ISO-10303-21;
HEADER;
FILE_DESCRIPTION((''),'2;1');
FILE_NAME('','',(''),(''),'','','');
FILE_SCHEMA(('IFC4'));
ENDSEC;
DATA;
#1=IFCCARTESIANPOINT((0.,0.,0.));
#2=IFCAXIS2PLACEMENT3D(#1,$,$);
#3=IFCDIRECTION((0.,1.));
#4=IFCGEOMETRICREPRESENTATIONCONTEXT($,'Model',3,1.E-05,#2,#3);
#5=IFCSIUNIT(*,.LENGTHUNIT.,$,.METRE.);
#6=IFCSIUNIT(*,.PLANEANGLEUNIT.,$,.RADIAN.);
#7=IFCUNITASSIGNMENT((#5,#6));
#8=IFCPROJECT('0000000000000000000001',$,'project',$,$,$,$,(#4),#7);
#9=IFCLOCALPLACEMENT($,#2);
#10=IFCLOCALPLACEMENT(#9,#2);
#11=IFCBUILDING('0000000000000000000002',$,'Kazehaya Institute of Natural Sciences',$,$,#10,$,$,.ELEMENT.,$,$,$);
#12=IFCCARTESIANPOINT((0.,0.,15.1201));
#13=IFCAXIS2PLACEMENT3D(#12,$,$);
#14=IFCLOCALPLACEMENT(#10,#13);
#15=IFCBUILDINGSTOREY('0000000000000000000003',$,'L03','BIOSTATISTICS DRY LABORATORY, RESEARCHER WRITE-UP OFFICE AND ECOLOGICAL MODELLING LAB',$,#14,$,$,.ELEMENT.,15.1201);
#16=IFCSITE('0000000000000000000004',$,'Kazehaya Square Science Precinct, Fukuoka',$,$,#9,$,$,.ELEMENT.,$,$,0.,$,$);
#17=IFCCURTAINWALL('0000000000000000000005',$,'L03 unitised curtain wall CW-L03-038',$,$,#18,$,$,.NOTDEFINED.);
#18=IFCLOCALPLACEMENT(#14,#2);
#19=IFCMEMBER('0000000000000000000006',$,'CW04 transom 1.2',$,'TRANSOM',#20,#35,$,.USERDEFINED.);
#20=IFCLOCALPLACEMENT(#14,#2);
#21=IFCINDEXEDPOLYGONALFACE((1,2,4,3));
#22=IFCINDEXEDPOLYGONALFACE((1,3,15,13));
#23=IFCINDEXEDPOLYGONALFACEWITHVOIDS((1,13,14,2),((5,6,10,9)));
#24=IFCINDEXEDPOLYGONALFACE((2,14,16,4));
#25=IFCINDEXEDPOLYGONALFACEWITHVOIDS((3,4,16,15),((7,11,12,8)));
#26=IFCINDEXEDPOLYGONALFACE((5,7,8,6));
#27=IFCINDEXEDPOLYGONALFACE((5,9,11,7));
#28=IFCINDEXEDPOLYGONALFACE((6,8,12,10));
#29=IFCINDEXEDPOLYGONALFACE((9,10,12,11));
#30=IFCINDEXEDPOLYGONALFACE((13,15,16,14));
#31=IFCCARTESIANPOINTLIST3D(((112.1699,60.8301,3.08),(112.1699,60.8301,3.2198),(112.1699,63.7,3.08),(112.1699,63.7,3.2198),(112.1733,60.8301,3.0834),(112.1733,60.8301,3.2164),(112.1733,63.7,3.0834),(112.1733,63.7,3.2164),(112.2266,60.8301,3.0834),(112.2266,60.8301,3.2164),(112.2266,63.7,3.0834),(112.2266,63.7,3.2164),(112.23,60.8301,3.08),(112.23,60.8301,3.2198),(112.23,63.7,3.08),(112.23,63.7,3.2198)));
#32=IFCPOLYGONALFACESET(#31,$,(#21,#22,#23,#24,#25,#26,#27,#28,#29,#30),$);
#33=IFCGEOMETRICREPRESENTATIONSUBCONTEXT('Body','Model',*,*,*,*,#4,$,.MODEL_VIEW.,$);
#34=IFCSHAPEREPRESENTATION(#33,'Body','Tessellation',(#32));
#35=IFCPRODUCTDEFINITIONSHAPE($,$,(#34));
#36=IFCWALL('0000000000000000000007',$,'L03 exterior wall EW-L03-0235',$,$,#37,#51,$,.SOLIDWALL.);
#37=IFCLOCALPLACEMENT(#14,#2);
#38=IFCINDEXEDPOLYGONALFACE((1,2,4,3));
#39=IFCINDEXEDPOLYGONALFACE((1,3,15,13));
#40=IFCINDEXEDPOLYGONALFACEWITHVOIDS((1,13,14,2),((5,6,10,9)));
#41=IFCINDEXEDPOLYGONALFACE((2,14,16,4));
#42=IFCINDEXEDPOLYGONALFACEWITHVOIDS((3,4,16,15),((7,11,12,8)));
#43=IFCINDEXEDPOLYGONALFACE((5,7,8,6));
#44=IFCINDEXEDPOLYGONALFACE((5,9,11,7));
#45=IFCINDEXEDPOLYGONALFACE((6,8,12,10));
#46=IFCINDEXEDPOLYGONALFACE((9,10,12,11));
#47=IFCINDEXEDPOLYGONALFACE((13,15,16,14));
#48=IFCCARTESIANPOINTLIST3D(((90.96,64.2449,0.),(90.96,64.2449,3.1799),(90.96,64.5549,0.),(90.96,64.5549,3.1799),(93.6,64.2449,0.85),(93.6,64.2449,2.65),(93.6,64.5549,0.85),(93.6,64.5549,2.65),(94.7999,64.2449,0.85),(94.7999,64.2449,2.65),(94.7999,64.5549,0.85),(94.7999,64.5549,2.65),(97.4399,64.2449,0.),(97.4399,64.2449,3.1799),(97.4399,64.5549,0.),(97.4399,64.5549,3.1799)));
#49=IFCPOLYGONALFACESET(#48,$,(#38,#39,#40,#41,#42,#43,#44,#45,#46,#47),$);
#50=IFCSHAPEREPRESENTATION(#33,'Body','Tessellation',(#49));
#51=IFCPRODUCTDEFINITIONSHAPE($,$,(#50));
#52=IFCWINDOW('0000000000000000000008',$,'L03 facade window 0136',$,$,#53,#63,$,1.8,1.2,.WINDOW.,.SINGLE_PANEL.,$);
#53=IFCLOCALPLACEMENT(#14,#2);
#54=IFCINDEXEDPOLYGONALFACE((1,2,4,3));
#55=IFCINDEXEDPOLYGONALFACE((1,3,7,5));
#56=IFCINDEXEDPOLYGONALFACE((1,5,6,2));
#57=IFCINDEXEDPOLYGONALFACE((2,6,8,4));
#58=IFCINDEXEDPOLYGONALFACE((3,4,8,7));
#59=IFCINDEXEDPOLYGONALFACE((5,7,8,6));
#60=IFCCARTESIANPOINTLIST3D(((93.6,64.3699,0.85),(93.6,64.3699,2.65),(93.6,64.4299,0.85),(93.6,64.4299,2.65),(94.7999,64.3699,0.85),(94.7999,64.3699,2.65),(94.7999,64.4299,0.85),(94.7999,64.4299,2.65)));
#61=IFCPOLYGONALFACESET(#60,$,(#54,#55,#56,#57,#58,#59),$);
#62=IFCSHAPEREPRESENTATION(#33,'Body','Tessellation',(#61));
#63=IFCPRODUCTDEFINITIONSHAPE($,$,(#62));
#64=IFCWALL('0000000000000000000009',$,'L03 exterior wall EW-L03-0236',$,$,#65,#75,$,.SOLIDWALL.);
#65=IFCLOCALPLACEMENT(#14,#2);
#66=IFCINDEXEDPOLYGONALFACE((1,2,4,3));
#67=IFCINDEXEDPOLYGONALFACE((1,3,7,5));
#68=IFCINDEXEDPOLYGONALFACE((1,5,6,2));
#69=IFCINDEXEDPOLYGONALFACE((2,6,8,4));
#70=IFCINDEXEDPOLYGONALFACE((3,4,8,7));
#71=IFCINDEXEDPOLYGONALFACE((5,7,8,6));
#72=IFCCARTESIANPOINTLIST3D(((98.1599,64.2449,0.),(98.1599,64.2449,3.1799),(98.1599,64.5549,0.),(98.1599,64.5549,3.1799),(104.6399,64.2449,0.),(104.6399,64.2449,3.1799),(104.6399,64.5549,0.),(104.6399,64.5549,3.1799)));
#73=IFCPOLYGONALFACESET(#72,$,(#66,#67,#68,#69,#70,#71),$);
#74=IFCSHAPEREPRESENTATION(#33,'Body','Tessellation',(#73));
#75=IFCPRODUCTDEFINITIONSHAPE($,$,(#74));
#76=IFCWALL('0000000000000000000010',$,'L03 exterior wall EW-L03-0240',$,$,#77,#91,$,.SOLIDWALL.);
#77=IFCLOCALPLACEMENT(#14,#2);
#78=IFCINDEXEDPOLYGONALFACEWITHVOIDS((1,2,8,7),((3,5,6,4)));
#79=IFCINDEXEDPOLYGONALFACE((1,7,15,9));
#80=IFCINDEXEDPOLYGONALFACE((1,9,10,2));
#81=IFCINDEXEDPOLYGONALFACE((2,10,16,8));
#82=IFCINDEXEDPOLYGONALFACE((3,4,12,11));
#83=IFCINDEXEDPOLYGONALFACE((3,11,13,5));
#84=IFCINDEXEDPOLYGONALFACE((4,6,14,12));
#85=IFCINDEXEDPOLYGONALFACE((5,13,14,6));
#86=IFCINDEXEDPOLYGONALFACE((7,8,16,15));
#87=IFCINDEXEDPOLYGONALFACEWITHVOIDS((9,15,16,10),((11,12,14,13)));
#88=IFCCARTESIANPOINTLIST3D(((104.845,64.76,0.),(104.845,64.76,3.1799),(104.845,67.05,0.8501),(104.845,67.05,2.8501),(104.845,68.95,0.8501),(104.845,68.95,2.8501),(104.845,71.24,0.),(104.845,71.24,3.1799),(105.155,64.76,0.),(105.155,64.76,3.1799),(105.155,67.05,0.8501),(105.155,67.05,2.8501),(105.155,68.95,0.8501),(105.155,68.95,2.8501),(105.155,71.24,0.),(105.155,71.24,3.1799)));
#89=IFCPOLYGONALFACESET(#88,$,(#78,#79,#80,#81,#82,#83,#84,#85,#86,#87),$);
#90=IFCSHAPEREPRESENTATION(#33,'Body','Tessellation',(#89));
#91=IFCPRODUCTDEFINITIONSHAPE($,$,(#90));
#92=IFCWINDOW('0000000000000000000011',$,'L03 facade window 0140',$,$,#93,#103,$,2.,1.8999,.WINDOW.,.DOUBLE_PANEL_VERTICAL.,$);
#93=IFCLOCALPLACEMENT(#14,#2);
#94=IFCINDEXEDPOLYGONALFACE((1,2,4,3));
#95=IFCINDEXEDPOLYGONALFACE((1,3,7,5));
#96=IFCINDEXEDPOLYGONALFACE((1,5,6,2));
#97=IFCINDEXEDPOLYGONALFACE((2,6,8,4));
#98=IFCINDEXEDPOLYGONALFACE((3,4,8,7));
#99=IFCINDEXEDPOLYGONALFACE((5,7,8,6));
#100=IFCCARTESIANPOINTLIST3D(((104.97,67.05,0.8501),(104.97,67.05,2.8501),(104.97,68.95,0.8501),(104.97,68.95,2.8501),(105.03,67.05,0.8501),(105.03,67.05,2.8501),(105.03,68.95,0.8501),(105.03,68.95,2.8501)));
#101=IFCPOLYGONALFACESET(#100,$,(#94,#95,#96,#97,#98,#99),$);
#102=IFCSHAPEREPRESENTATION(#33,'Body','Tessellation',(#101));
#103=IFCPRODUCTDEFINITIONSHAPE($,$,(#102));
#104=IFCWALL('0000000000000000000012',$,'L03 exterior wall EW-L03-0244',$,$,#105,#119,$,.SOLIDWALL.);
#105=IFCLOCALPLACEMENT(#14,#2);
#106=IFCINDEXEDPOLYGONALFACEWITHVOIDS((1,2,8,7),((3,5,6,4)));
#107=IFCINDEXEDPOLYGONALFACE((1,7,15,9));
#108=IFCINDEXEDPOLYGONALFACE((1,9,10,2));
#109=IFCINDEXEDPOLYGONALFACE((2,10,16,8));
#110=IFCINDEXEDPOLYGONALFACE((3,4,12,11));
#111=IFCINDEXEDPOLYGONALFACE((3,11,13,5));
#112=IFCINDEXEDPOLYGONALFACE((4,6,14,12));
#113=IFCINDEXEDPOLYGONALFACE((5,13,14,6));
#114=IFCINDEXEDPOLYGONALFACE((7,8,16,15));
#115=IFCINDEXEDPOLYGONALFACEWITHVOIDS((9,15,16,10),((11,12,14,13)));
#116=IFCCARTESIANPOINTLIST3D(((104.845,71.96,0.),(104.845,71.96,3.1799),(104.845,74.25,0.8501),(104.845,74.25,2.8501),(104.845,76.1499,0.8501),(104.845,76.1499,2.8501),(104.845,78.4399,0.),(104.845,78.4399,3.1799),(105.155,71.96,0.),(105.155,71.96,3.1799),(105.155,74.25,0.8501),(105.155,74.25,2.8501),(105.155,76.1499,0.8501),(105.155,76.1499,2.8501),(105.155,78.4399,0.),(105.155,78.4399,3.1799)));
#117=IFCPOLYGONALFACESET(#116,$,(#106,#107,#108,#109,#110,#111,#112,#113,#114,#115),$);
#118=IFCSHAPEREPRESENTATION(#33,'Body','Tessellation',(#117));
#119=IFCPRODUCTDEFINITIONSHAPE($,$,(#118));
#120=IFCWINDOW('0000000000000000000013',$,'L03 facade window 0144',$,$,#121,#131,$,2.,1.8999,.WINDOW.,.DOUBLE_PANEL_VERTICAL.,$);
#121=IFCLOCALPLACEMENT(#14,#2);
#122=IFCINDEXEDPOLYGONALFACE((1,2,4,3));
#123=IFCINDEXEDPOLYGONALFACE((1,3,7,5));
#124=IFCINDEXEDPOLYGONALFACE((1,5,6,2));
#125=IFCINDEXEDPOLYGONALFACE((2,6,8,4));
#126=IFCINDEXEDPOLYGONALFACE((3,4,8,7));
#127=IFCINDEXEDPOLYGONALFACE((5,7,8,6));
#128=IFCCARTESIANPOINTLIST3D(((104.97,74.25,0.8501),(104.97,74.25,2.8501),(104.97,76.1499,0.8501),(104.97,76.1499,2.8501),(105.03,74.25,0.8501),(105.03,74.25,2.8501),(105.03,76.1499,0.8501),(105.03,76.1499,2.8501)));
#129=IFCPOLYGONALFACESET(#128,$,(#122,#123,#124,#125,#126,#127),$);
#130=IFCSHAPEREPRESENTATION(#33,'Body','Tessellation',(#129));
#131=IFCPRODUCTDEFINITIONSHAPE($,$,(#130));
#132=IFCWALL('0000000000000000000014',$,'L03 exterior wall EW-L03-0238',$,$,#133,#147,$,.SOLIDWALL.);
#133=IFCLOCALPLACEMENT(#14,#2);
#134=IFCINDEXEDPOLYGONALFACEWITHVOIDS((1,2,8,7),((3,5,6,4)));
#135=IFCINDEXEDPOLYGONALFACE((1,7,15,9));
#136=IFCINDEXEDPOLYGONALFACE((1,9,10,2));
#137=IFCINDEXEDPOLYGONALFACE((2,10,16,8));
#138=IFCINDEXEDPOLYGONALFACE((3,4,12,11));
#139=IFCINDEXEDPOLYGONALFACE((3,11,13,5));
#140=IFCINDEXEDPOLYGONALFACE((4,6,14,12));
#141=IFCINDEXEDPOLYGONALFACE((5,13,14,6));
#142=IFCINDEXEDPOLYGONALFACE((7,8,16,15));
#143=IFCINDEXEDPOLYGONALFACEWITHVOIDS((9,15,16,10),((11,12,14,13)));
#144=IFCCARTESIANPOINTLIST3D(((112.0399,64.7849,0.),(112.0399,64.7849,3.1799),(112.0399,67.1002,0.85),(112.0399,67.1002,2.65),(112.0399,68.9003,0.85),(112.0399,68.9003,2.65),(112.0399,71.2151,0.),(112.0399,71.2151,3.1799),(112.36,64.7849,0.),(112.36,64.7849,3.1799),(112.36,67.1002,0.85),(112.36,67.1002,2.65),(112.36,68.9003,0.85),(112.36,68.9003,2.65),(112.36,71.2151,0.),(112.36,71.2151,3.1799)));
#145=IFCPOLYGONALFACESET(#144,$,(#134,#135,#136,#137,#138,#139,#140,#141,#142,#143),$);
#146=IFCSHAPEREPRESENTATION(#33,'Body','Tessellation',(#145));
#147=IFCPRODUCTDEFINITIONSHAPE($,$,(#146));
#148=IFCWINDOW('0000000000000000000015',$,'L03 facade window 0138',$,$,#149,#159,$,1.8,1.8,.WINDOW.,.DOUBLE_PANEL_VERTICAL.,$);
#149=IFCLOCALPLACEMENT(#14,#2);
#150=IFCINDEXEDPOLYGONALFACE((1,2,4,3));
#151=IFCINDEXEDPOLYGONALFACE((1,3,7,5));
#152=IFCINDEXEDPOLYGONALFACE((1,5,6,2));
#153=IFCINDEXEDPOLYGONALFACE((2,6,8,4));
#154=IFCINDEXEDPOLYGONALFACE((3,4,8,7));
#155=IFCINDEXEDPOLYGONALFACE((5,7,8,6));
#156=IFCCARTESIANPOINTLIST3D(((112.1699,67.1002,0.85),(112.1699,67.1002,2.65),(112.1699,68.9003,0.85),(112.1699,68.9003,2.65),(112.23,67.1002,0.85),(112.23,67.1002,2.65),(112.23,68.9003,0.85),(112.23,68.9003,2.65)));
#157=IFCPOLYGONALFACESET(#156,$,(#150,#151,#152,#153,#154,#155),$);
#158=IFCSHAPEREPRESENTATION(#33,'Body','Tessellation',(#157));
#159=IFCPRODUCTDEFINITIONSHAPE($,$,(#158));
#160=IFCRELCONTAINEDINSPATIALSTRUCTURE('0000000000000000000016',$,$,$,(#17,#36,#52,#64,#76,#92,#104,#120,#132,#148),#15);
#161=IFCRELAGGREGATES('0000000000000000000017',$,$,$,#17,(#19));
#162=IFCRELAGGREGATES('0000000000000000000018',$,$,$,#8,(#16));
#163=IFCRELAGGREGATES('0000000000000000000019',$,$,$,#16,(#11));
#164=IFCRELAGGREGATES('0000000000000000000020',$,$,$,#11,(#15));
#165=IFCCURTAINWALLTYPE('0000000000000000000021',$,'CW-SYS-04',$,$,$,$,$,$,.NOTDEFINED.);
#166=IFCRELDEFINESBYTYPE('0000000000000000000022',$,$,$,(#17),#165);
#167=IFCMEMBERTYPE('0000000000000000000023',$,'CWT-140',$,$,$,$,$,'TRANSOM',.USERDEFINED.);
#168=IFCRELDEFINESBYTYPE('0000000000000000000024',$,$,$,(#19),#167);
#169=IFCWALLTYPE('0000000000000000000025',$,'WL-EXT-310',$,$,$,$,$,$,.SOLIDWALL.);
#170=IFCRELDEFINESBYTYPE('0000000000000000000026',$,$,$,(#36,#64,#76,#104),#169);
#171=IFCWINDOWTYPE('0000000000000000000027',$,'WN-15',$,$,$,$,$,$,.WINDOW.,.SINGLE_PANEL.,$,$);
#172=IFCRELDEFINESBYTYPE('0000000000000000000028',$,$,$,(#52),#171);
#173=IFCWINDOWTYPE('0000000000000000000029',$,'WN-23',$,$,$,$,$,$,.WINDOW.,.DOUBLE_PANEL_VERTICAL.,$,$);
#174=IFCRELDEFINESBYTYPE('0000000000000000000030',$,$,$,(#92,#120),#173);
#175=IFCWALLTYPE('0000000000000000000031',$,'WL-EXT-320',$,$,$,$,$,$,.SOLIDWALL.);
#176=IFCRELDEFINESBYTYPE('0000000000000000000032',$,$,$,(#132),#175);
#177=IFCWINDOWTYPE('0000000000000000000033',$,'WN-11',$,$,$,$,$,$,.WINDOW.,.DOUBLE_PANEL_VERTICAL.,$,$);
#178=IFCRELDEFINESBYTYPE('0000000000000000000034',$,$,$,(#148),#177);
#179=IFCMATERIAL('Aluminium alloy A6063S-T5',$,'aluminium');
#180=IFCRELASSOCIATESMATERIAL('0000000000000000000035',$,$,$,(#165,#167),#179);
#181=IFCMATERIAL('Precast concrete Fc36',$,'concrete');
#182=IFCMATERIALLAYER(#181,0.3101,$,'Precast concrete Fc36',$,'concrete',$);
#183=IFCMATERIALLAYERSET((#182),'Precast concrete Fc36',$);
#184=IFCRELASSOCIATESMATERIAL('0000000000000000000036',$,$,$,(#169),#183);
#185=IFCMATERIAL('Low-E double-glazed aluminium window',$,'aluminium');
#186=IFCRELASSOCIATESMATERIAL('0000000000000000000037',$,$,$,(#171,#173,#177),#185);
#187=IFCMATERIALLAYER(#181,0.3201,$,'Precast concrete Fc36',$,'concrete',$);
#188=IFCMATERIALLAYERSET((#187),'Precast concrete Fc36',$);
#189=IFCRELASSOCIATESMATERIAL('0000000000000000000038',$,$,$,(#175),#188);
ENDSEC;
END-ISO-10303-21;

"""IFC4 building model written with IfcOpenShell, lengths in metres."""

from ifc_helpers import new_model, si_unit, direction, frame, frame_2d, origin, origin_2d, place, context, subcontext, project, spatial, rectangle, hollow_rectangle, extrude, material, layer, layer_set, material_profile, profile_set, type_object, element, fill, aggregate, save


model = new_model("IFC4")

# Units and contexts
model_context = context("Model", 3, precision=1e-05, world=origin(), true_north=direction((0.0, 1.0)))
body_context = subcontext(model_context, "Body", "Model", "MODEL_VIEW")
ifc_project = project(units=[si_unit("LENGTHUNIT", "METRE"), si_unit("PLANEANGLEUNIT", "RADIAN")], contexts=[model_context])

# Site, building, storey
site_placement = place(None, origin())
site = spatial("IfcSite", under=ifc_project, at=site_placement, Name="Kazehaya Square Science Precinct, Fukuoka", CompositionType="ELEMENT", RefElevation=0.0)
building_placement = place(site_placement, origin())
building = spatial("IfcBuilding", under=site, at=building_placement, Name="Kazehaya Institute of Natural Sciences", CompositionType="ELEMENT")
storey_placement = place(building_placement, frame((0.0, 0.0, 15.1201)))
storey = spatial("IfcBuildingStorey", under=building, at=storey_placement, Name="L03", Description="BIOSTATISTICS DRY LABORATORY, RESEARCHER WRITE-UP OFFICE AND ECOLOGICAL MODELLING LAB", CompositionType="ELEMENT", Elevation=15.1201)

# Curtain wall, member
ifc_material_1 = material(Name="Aluminium alloy A6063S-T5", Category="aluminium")
curtain_wall_type = type_object("IfcCurtainWallType", Name="CW-SYS-04", PredefinedType="NOTDEFINED", material=ifc_material_1)
curtain_wall_placement = place(storey_placement, origin())
curtain_wall = element("IfcCurtainWall", 1, at=curtain_wall_placement, inside=storey, type_object=curtain_wall_type, Name="L03 unitised curtain wall CW-L03-038", PredefinedType="NOTDEFINED")
ifc_material_profile_1 = material_profile(ifc_material_1, hollow_rectangle(XDim=0.0601, YDim=0.1399, WallThickness=0.0034, at=origin_2d()), Name="ALU-60x140x3.5")
ifc_profile_set_1 = profile_set([ifc_material_profile_1], Name="Aluminium alloy A6063S-T5")
member_type_1 = type_object("IfcMemberType", Name="CWT-140", ElementType="TRANSOM", PredefinedType="USERDEFINED", material=ifc_profile_set_1)
member_1_placement = place(storey_placement, frame((112.2, 63.7, 3.1499), z_axis=(0.0, -1.0, 0.0), x_axis=(1.0, 0.0, 0.0)))
member_1 = element("IfcMember", 2, at=member_1_placement, type_object=member_type_1, Name="CW04 transom 1.2", ObjectType="TRANSOM", PredefinedType="USERDEFINED", context=body_context, shape_type="SweptSolid", body=[
    extrude(hollow_rectangle(XDim=0.0601, YDim=0.1399, WallThickness=0.0034, at=origin_2d()), origin(), (0.0, 0.0, 1.0), 2.8699),
])
aggregate(curtain_wall, [member_1])

# Wall, opening, window
ifc_material_2 = material(Name="Precast concrete Fc36", Category="concrete")
ifc_layer_1 = layer(ifc_material_2, 0.3101, Name="Precast concrete Fc36", Category="concrete")
ifc_layer_set_1 = layer_set([ifc_layer_1], Name="Precast concrete Fc36")
wall_type_1 = type_object("IfcWallType", Name="WL-EXT-310", PredefinedType="SOLIDWALL", material=ifc_layer_set_1)
wall_1_placement = place(storey_placement, frame((90.96, 64.3999, 0.0), z_axis=(0.0, 0.0, 1.0), x_axis=(1.0, 0.0, 0.0)))
wall_1 = element("IfcWall", 3, at=wall_1_placement, inside=storey, type_object=wall_type_1, Name="L03 exterior wall EW-L03-0235", PredefinedType="SOLIDWALL", context=body_context, shape_type="SweptSolid", body=[
    extrude(rectangle(XDim=6.48, YDim=0.3101, at=frame_2d((3.24, 0.0))), origin(), (0.0, 0.0, 1.0), 3.1799),
])
opening_1_placement = place(wall_1_placement, frame((2.6399, 0.0, 0.8501)))
opening_1 = element("IfcOpeningElement", 4, at=opening_1_placement, cuts=wall_1, PredefinedType="OPENING", context=body_context, shape_type="SweptSolid", body=[
    extrude(rectangle(XDim=1.2, YDim=1.8, at=frame_2d((0.6001, 0.8999))), frame((0.0, 0.165, 0.0), z_axis=(0.0, -1.0, 0.0), x_axis=(1.0, 0.0, 0.0)), (0.0, 0.0, 1.0), 0.3301),
])
ifc_material_3 = material(Name="Low-E double-glazed aluminium window", Category="aluminium")
window_type_1 = type_object("IfcWindowType", Name="WN-15", PartitioningType="SINGLE_PANEL", PredefinedType="WINDOW", material=ifc_material_3)
window_1_placement = place(opening_1_placement, origin())
window_1 = element("IfcWindow", 5, at=window_1_placement, inside=storey, type_object=window_type_1, Name="L03 facade window 0136", OverallHeight=1.8, OverallWidth=1.2, PartitioningType="SINGLE_PANEL", PredefinedType="WINDOW", context=body_context, shape_type="SweptSolid", body=[
    extrude(rectangle(XDim=1.2, YDim=1.8, at=frame_2d((0.6001, 0.8999))), frame((0.0, 0.03, 0.0), z_axis=(0.0, -1.0, 0.0), x_axis=(1.0, 0.0, 0.0)), (0.0, 0.0, 1.0), 0.0601),
])
fill(opening_1, window_1)

# Wall
wall_2_placement = place(storey_placement, frame((98.1599, 64.3999, 0.0), z_axis=(0.0, 0.0, 1.0), x_axis=(1.0, 0.0, 0.0)))
element("IfcWall", 6, at=wall_2_placement, inside=storey, type_object=wall_type_1, Name="L03 exterior wall EW-L03-0236", PredefinedType="SOLIDWALL", context=body_context, shape_type="SweptSolid", body=[
    extrude(rectangle(XDim=6.48, YDim=0.3101, at=frame_2d((3.24, 0.0))), origin(), (0.0, 0.0, 1.0), 3.1799),
])

# Walls, openings, windows
wall_3_placement = place(storey_placement, frame((105.0, 64.76, 0.0), z_axis=(0.0, 0.0, 1.0), x_axis=(0.0, 1.0, 0.0)))
wall_3 = element("IfcWall", 7, at=wall_3_placement, inside=storey, type_object=wall_type_1, Name="L03 exterior wall EW-L03-0240", PredefinedType="SOLIDWALL", context=body_context, shape_type="SweptSolid", body=[
    extrude(rectangle(XDim=6.48, YDim=0.3101, at=frame_2d((3.24, 0.0))), origin(), (0.0, 0.0, 1.0), 3.1799),
])
opening_2_placement = place(wall_3_placement, frame((2.29, 0.0, 0.8501)))
opening_2 = element("IfcOpeningElement", 8, at=opening_2_placement, cuts=wall_3, PredefinedType="OPENING", context=body_context, shape_type="SweptSolid", body=[
    extrude(rectangle(XDim=1.8999, YDim=2.0, at=frame_2d((0.95, 1.0))), frame((0.0, 0.165, 0.0), z_axis=(0.0, -1.0, 0.0), x_axis=(1.0, 0.0, 0.0)), (0.0, 0.0, 1.0), 0.3301),
])
window_type_2 = type_object("IfcWindowType", Name="WN-23", PartitioningType="DOUBLE_PANEL_VERTICAL", PredefinedType="WINDOW", material=ifc_material_3)
window_2_placement = place(opening_2_placement, origin())
window_2 = element("IfcWindow", 9, at=window_2_placement, inside=storey, type_object=window_type_2, Name="L03 facade window 0140", OverallHeight=2.0, OverallWidth=1.8999, PartitioningType="DOUBLE_PANEL_VERTICAL", PredefinedType="WINDOW", context=body_context, shape_type="SweptSolid", body=[
    extrude(rectangle(XDim=1.8999, YDim=2.0, at=frame_2d((0.95, 1.0))), frame((0.0, 0.03, 0.0), z_axis=(0.0, -1.0, 0.0), x_axis=(1.0, 0.0, 0.0)), (0.0, 0.0, 1.0), 0.0601),
])
fill(opening_2, window_2)
wall_4_placement = place(storey_placement, frame((105.0, 71.96, 0.0), z_axis=(0.0, 0.0, 1.0), x_axis=(0.0, 1.0, 0.0)))
wall_4 = element("IfcWall", 10, at=wall_4_placement, inside=storey, type_object=wall_type_1, Name="L03 exterior wall EW-L03-0244", PredefinedType="SOLIDWALL", context=body_context, shape_type="SweptSolid", body=[
    extrude(rectangle(XDim=6.48, YDim=0.3101, at=frame_2d((3.24, 0.0))), origin(), (0.0, 0.0, 1.0), 3.1799),
])
opening_3_placement = place(wall_4_placement, frame((2.29, 0.0, 0.8501)))
opening_3 = element("IfcOpeningElement", 11, at=opening_3_placement, cuts=wall_4, PredefinedType="OPENING", context=body_context, shape_type="SweptSolid", body=[
    extrude(rectangle(XDim=1.8999, YDim=2.0, at=frame_2d((0.95, 1.0))), frame((0.0, 0.165, 0.0), z_axis=(0.0, -1.0, 0.0), x_axis=(1.0, 0.0, 0.0)), (0.0, 0.0, 1.0), 0.3301),
])
window_3_placement = place(opening_3_placement, origin())
window_3 = element("IfcWindow", 12, at=window_3_placement, inside=storey, type_object=window_type_2, Name="L03 facade window 0144", OverallHeight=2.0, OverallWidth=1.8999, PartitioningType="DOUBLE_PANEL_VERTICAL", PredefinedType="WINDOW", context=body_context, shape_type="SweptSolid", body=[
    extrude(rectangle(XDim=1.8999, YDim=2.0, at=frame_2d((0.95, 1.0))), frame((0.0, 0.03, 0.0), z_axis=(0.0, -1.0, 0.0), x_axis=(1.0, 0.0, 0.0)), (0.0, 0.0, 1.0), 0.0601),
])
fill(opening_3, window_3)
ifc_layer_2 = layer(ifc_material_2, 0.3201, Name="Precast concrete Fc36", Category="concrete")
ifc_layer_set_2 = layer_set([ifc_layer_2], Name="Precast concrete Fc36")
wall_type_2 = type_object("IfcWallType", Name="WL-EXT-320", PredefinedType="SOLIDWALL", material=ifc_layer_set_2)
wall_5_placement = place(storey_placement, frame((112.2, 71.2151, 0.0), z_axis=(0.0, 0.0, 1.0), x_axis=(0.0, -1.0, 0.0)))
wall_5 = element("IfcWall", 13, at=wall_5_placement, inside=storey, type_object=wall_type_2, Name="L03 exterior wall EW-L03-0238", PredefinedType="SOLIDWALL", context=body_context, shape_type="SweptSolid", body=[
    extrude(rectangle(XDim=6.4302, YDim=0.3201, at=frame_2d((3.2151, 0.0))), origin(), (0.0, 0.0, 1.0), 3.1799),
])
opening_4_placement = place(wall_5_placement, frame((2.3149, 0.0, 0.8501)))
opening_4 = element("IfcOpeningElement", 14, at=opening_4_placement, cuts=wall_5, PredefinedType="OPENING", context=body_context, shape_type="SweptSolid", body=[
    extrude(rectangle(XDim=1.8, YDim=1.8, at=frame_2d((0.8999, 0.8999))), frame((0.0, 0.1699, 0.0), z_axis=(0.0, -1.0, 0.0), x_axis=(1.0, 0.0, 0.0)), (0.0, 0.0, 1.0), 0.3401),
])
window_type_3 = type_object("IfcWindowType", Name="WN-11", PartitioningType="DOUBLE_PANEL_VERTICAL", PredefinedType="WINDOW", material=ifc_material_3)
window_4_placement = place(opening_4_placement, origin())
window_4 = element("IfcWindow", 15, at=window_4_placement, inside=storey, type_object=window_type_3, Name="L03 facade window 0138", OverallHeight=1.8, OverallWidth=1.8, PartitioningType="DOUBLE_PANEL_VERTICAL", PredefinedType="WINDOW", context=body_context, shape_type="SweptSolid", body=[
    extrude(rectangle(XDim=1.8, YDim=1.8, at=frame_2d((0.8999, 0.8999))), frame((0.0, 0.03, 0.0), z_axis=(0.0, -1.0, 0.0), x_axis=(1.0, 0.0, 0.0)), (0.0, 0.0, 1.0), 0.0601),
])
fill(opening_4, window_4)

save(model, "model.ifc")
